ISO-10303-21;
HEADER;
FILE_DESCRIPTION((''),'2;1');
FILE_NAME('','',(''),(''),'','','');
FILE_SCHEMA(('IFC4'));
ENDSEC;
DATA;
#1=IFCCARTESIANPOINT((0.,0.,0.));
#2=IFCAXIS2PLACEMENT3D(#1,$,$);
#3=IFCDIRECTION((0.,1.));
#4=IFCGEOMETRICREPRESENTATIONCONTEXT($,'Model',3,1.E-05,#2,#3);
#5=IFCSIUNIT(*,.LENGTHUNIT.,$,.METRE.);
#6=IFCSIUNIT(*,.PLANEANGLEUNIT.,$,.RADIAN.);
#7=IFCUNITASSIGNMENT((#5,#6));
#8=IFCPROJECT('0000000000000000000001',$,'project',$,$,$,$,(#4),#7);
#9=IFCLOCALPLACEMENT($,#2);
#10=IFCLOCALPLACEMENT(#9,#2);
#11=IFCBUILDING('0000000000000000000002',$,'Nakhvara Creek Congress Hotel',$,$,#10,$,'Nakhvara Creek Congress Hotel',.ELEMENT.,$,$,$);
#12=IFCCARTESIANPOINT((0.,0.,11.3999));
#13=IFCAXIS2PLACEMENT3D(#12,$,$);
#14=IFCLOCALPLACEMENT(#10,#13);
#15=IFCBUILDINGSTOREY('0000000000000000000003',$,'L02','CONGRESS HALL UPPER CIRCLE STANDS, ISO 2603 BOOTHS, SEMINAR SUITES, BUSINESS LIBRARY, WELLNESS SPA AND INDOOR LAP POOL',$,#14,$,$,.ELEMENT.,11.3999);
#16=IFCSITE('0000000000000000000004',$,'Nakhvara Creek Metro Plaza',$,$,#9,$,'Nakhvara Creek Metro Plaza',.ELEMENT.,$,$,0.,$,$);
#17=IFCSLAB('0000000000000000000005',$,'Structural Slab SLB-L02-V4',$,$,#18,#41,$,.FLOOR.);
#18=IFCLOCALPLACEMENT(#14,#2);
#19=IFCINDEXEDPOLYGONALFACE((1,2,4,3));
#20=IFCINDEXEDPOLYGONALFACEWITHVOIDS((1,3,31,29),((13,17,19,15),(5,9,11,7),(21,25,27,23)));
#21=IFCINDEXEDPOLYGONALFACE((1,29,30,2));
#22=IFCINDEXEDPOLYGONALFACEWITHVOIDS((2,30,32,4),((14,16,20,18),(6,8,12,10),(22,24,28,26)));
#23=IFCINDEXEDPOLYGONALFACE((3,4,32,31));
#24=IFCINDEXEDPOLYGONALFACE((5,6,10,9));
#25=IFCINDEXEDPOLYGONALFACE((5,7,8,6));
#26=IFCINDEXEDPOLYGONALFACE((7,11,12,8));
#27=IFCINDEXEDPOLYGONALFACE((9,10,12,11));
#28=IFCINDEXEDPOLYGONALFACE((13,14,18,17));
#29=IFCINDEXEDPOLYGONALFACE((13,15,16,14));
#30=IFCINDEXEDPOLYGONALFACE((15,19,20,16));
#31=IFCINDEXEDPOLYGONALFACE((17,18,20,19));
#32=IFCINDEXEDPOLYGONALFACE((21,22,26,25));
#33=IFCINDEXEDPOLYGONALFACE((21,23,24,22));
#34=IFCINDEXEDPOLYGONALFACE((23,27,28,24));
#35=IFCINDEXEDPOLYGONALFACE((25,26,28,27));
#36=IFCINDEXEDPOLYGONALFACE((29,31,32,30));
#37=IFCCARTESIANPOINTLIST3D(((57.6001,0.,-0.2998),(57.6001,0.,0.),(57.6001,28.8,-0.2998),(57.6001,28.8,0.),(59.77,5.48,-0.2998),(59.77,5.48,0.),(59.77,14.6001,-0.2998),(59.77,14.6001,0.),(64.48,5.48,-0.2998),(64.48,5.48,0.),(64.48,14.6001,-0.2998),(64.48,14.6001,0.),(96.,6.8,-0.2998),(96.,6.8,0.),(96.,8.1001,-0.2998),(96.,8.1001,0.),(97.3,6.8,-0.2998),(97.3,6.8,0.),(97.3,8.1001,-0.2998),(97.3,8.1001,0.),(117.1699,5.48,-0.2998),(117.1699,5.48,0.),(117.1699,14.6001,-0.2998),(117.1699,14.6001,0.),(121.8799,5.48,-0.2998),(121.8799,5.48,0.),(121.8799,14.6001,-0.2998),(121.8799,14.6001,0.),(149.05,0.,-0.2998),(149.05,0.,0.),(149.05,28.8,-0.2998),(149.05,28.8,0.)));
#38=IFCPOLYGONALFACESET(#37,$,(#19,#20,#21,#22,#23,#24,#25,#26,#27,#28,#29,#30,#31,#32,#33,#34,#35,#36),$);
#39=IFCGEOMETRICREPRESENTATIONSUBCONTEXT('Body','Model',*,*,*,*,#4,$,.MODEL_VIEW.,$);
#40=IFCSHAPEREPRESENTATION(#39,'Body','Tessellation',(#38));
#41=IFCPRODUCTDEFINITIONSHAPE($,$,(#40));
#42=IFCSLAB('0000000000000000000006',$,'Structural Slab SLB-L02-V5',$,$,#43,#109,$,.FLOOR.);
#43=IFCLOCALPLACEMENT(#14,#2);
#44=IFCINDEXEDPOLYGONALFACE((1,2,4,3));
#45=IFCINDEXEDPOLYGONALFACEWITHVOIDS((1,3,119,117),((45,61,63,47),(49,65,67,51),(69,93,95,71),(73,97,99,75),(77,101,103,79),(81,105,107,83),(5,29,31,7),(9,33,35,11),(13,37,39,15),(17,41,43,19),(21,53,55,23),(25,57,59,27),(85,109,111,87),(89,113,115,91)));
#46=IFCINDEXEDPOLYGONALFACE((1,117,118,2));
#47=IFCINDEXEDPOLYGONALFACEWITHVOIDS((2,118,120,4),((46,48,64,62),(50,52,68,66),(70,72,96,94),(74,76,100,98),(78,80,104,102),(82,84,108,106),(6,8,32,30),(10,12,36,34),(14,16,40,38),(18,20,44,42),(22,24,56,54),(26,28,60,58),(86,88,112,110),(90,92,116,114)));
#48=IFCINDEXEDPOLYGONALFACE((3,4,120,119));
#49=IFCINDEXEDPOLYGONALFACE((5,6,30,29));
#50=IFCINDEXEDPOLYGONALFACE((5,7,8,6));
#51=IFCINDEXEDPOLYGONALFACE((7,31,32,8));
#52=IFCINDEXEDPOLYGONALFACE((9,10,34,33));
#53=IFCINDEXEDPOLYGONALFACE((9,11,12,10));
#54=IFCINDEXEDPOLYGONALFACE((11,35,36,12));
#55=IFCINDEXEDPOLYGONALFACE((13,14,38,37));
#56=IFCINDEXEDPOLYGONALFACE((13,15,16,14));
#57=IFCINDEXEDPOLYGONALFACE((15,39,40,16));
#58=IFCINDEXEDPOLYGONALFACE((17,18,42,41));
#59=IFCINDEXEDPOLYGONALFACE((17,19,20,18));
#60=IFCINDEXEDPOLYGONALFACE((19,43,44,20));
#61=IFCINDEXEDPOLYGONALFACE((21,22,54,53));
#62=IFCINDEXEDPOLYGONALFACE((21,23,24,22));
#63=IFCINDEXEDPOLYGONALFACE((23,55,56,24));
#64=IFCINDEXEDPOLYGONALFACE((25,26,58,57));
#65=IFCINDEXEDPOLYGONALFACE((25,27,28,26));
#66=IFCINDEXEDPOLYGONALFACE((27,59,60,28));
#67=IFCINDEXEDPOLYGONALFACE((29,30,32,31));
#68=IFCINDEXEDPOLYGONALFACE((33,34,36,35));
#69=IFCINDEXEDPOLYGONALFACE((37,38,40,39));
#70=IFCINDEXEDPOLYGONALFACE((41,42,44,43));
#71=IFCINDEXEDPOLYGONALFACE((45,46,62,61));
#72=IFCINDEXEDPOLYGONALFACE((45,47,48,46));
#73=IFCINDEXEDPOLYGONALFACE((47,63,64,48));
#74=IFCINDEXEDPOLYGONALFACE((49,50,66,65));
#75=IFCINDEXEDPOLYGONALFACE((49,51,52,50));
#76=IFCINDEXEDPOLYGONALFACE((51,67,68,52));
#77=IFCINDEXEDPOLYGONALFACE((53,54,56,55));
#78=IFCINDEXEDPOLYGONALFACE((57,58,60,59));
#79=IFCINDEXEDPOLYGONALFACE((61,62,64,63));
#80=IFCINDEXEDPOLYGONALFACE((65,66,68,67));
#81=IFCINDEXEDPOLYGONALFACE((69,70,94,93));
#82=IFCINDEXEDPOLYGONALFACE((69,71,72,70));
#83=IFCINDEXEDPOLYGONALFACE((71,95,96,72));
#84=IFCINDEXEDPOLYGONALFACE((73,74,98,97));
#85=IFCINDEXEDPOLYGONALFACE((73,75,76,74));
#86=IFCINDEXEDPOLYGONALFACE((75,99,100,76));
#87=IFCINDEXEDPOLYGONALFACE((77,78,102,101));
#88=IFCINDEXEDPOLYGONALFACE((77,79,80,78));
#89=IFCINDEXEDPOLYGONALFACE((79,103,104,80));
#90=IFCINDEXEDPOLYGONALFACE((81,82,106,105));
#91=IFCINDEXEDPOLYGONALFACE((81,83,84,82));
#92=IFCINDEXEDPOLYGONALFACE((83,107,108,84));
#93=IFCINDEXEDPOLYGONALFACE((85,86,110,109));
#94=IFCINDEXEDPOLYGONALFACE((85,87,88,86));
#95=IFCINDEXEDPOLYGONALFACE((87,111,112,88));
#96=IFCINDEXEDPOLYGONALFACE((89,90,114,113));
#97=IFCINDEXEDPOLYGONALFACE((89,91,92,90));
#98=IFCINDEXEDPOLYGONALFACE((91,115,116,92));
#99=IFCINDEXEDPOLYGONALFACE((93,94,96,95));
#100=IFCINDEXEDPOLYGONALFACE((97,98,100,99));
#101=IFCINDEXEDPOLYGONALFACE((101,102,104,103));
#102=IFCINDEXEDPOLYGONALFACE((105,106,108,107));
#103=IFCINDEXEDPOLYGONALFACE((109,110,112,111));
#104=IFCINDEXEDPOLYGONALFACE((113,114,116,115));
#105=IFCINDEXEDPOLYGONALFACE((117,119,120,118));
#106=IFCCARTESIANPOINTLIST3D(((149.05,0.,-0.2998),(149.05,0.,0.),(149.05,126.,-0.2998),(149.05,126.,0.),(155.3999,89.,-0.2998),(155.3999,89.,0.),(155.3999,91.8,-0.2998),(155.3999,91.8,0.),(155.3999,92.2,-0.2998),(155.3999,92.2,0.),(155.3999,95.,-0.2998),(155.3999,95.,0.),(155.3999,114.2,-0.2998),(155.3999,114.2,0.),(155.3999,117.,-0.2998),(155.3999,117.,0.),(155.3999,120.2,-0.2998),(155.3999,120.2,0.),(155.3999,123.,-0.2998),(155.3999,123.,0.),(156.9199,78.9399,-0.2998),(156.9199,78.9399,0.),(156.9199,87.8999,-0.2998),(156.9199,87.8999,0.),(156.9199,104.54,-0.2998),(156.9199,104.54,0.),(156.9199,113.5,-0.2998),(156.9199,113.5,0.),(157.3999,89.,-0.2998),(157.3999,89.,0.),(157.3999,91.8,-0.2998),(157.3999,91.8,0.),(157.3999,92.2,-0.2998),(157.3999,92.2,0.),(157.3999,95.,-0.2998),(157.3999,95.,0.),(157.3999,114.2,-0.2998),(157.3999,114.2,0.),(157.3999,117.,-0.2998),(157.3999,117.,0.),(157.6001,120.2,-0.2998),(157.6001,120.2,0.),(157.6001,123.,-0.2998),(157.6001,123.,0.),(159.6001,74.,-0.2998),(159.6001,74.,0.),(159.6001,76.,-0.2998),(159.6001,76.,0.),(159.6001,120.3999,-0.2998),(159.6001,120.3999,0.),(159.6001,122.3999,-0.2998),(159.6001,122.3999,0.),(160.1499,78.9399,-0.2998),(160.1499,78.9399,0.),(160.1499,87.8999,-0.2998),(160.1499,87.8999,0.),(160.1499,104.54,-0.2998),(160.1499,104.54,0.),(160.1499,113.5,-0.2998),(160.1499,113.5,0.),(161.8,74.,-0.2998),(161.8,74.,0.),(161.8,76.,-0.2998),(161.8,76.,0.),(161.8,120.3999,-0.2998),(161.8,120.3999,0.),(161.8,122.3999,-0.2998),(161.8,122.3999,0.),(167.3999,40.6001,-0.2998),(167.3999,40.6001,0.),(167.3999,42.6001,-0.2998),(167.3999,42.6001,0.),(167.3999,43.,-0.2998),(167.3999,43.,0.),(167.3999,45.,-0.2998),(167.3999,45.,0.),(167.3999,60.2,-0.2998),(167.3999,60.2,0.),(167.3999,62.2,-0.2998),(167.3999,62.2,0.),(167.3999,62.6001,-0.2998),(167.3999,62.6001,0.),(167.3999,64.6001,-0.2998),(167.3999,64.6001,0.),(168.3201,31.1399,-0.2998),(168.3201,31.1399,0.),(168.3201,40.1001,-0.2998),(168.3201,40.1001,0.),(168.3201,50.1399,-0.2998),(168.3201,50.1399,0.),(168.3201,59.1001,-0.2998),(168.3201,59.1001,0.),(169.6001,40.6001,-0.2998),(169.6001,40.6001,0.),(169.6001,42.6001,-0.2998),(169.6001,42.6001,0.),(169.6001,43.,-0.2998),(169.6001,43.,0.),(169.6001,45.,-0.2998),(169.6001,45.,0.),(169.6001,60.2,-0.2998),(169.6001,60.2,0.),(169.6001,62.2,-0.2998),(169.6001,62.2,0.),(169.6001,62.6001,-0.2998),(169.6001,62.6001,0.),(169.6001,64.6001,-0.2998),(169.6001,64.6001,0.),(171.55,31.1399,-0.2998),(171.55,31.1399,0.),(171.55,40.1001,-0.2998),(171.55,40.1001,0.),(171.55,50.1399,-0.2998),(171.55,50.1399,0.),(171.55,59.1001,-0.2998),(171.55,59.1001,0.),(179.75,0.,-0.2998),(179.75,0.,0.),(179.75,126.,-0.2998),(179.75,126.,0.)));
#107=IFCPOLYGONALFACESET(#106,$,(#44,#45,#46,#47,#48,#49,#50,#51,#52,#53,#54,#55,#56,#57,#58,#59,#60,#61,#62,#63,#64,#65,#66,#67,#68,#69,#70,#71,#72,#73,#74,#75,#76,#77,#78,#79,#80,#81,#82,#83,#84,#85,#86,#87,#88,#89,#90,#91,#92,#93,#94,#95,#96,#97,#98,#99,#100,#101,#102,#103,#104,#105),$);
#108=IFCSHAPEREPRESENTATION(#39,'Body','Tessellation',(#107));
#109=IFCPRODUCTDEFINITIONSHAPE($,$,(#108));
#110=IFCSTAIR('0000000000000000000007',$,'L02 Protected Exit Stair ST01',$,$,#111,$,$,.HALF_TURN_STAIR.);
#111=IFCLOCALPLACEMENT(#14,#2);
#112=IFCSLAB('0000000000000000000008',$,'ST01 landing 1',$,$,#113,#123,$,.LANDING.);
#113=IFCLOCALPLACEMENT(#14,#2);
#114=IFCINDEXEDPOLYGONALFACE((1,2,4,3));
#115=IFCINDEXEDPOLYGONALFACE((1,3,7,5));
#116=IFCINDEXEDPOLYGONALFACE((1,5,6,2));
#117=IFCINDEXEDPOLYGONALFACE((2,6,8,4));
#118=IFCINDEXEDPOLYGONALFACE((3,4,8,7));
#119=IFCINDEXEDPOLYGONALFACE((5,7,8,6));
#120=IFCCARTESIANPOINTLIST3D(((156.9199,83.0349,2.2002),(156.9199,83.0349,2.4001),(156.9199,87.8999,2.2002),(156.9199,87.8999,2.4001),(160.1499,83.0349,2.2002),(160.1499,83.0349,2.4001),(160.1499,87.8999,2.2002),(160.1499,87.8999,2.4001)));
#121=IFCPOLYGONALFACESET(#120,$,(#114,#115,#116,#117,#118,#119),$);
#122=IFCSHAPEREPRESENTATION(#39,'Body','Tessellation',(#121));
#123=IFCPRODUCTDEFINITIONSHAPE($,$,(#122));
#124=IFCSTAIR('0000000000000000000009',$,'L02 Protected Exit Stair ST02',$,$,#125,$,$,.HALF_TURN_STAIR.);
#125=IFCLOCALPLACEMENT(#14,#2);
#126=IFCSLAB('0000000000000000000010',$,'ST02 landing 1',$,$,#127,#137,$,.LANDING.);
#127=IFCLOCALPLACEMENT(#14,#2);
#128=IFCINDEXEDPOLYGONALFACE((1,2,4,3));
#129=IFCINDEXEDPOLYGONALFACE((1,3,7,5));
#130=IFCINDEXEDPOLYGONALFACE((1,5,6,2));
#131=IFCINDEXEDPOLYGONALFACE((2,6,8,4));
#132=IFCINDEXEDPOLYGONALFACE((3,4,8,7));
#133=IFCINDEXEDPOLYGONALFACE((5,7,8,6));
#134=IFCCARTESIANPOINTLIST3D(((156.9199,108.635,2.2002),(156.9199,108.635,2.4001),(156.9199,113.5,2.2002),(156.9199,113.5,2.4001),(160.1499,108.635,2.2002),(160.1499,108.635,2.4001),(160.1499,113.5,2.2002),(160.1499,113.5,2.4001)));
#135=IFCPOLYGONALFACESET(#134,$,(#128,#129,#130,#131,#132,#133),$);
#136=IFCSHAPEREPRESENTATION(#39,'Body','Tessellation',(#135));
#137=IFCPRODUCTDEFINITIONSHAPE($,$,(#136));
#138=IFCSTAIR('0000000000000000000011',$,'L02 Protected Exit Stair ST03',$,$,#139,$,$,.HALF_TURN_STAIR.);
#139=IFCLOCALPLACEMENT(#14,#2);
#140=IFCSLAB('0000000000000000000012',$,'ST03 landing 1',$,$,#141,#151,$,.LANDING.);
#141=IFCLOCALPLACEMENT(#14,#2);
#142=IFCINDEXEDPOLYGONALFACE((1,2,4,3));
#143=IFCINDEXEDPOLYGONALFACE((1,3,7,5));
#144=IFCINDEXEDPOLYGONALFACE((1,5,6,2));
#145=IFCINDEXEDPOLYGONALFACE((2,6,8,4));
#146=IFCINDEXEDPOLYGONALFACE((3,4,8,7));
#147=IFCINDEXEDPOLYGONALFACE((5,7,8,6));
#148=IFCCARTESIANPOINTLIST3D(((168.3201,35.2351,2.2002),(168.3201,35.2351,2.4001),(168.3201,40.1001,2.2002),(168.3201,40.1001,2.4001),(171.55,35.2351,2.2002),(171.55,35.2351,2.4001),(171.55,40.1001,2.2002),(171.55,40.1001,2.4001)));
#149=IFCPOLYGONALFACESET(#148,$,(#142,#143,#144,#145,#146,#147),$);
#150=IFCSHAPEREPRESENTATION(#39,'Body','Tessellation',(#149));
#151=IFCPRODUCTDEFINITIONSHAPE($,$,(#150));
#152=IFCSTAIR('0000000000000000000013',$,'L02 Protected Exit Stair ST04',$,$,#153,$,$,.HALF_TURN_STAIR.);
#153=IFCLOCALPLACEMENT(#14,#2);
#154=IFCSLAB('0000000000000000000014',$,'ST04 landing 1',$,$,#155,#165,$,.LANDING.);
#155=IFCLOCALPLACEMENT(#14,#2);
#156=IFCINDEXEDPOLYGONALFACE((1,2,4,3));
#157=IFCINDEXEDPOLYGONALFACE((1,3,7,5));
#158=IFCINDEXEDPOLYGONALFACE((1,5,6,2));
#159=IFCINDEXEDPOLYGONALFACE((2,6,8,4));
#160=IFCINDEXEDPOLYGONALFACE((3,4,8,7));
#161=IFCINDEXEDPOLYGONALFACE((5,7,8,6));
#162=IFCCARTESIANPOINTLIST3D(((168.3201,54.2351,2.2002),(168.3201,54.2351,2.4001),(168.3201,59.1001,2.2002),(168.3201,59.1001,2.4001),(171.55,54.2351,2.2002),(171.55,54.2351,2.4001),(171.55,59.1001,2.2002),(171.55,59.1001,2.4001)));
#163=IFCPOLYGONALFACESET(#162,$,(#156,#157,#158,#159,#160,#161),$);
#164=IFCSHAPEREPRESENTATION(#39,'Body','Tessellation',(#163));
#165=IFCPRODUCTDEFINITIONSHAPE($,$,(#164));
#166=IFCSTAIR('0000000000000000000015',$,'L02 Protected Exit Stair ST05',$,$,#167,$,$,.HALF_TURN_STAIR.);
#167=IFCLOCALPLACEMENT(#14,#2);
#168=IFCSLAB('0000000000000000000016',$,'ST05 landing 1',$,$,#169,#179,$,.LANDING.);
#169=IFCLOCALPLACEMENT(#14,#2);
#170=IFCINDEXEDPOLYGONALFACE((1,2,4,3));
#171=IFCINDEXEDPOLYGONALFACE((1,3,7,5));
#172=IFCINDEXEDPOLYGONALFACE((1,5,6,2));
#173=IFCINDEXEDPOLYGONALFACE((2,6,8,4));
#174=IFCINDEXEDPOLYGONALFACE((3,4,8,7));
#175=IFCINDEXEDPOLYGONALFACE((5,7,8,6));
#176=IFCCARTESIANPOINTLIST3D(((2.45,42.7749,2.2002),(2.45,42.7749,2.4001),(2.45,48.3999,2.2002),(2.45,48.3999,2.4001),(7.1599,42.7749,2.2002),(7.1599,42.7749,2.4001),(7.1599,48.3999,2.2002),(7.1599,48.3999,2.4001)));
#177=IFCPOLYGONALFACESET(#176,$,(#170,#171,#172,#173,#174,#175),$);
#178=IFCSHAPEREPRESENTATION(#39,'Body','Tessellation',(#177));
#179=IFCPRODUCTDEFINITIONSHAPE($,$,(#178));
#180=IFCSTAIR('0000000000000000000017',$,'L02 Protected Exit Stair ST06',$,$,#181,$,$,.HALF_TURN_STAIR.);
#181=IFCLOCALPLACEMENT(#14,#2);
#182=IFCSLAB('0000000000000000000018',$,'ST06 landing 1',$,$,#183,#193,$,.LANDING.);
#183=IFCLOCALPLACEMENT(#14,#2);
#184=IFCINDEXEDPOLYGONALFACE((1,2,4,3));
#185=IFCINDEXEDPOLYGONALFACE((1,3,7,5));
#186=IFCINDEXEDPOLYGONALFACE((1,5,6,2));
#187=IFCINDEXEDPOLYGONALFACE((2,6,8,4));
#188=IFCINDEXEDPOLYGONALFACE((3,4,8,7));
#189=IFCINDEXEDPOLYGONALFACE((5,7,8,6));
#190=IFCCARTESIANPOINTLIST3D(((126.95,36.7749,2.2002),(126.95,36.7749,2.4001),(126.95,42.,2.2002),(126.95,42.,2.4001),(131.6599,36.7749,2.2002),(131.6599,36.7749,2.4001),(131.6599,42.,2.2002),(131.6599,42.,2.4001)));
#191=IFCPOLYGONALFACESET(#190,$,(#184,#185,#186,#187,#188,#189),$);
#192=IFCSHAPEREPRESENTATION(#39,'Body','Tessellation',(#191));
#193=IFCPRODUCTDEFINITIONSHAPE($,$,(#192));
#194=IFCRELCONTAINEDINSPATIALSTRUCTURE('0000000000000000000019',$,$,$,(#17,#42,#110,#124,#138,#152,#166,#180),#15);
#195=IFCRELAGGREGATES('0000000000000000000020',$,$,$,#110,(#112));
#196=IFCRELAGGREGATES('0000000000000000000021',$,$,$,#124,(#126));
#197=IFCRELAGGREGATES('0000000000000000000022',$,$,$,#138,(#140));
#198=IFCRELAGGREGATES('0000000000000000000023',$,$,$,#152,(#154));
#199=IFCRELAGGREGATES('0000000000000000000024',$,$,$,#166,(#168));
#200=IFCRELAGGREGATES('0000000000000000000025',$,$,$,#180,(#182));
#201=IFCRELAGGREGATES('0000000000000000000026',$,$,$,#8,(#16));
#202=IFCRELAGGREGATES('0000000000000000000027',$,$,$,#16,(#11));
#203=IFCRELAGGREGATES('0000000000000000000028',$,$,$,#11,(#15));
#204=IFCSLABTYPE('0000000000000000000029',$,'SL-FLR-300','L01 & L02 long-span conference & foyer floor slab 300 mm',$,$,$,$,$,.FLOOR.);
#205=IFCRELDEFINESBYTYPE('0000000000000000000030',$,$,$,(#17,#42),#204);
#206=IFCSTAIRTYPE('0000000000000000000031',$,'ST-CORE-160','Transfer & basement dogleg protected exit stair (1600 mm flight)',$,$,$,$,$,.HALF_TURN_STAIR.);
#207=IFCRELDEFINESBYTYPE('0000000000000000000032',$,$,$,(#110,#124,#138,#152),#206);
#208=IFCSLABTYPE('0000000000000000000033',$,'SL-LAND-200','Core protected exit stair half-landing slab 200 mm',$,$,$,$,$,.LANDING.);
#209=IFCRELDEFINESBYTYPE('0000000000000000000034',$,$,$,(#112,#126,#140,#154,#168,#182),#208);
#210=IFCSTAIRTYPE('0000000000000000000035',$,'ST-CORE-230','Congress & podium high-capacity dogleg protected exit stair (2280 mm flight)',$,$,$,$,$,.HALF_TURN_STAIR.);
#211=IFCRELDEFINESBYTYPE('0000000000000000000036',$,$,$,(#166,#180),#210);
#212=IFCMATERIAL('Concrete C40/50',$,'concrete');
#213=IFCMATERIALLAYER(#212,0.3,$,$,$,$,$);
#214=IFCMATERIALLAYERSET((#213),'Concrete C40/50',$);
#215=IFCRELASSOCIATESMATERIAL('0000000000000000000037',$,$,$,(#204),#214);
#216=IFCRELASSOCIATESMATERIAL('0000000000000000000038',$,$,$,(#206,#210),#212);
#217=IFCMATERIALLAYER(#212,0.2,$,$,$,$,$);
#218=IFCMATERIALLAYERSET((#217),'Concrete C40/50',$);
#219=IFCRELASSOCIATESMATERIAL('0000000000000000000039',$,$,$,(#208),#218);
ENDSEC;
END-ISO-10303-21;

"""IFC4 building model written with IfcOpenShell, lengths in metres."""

from ifc_helpers import new_model, si_unit, direction, frame, origin, place, context, subcontext, project, spatial, polyline, outline, extrude, material, layer, layer_set, type_object, element, aggregate, save


model = new_model("IFC4")

# Units and contexts
model_context = context("Model", 3, precision=1e-05, world=origin(), true_north=direction((0.0, 1.0)))
body_context = subcontext(model_context, "Body", "Model", "MODEL_VIEW")
ifc_project = project(units=[si_unit("LENGTHUNIT", "METRE"), si_unit("PLANEANGLEUNIT", "RADIAN")], contexts=[model_context])

# Site, building, storey
site_placement = place(None, origin())
site = spatial("IfcSite", under=ifc_project, at=site_placement, Name="Nakhvara Creek Metro Plaza", LongName="Nakhvara Creek Metro Plaza", CompositionType="ELEMENT", RefElevation=0.0)
building_placement = place(site_placement, origin())
building = spatial("IfcBuilding", under=site, at=building_placement, Name="Nakhvara Creek Congress Hotel", LongName="Nakhvara Creek Congress Hotel", CompositionType="ELEMENT")
storey_placement = place(building_placement, frame((0.0, 0.0, 11.3999)))
storey = spatial("IfcBuildingStorey", under=building, at=storey_placement, Name="L02", Description="CONGRESS HALL UPPER CIRCLE STANDS, ISO 2603 BOOTHS, SEMINAR SUITES, BUSINESS LIBRARY, WELLNESS SPA AND INDOOR LAP POOL", CompositionType="ELEMENT", Elevation=11.3999)

# Slabs
ifc_material_1 = material(Name="Concrete C40/50", Category="concrete")
ifc_layer_1 = layer(ifc_material_1, 0.3)
ifc_layer_set_1 = layer_set([ifc_layer_1], Name="Concrete C40/50")
slab_type_1 = type_object("IfcSlabType", Name="SL-FLR-300", Description="L01 & L02 long-span conference & foyer floor slab 300 mm", PredefinedType="FLOOR", material=ifc_layer_set_1)
slab_1_placement = place(storey_placement, frame((0.0, 0.0, -0.2998)))
element("IfcSlab", 1, at=slab_1_placement, inside=storey, type_object=slab_type_1, Name="Structural Slab SLB-L02-V4", PredefinedType="FLOOR", context=body_context, shape_type="SweptSolid", body=[
    extrude(outline(polyline([(57.6001, 28.8), (149.05, 28.8), (149.05, 0.0), (57.6001, 0.0), (57.6001, 28.8)]), holes=[polyline([(96.0, 8.1001), (96.0, 6.8), (97.3, 6.8), (97.3, 8.1001), (96.0, 8.1001)]), polyline([(59.77, 14.6001), (59.77, 5.48), (64.48, 5.48), (64.48, 14.6001), (59.77, 14.6001)]), polyline([(117.1699, 14.6001), (117.1699, 5.48), (121.8799, 5.48), (121.8799, 14.6001), (117.1699, 14.6001)])]), origin(), (0.0, 0.0, 1.0), 0.2998),
])
slab_2_placement = place(storey_placement, frame((0.0, 0.0, -0.2998)))
element("IfcSlab", 2, at=slab_2_placement, inside=storey, type_object=slab_type_1, Name="Structural Slab SLB-L02-V5", PredefinedType="FLOOR", context=body_context, shape_type="SweptSolid", body=[
    extrude(outline(polyline([(149.05, 126.0), (179.75, 126.0), (179.75, 0.0), (149.05, 0.0), (149.05, 126.0)]), holes=[polyline([(161.8, 74.0), (161.8, 76.0), (159.6001, 76.0), (159.6001, 74.0), (161.8, 74.0)]), polyline([(160.1499, 78.9399), (160.1499, 87.8999), (156.9199, 87.8999), (156.9199, 78.9399), (160.1499, 78.9399)]), polyline([(155.3999, 89.0), (157.3999, 89.0), (157.3999, 91.8), (155.3999, 91.8), (155.3999, 89.0)]), polyline([(155.3999, 92.2), (157.3999, 92.2), (157.3999, 95.0), (155.3999, 95.0), (155.3999, 92.2)]), polyline([(160.1499, 104.54), (160.1499, 113.5), (156.9199, 113.5), (156.9199, 104.54), (160.1499, 104.54)]), polyline([(155.3999, 114.2), (157.3999, 114.2), (157.3999, 117.0), (155.3999, 117.0), (155.3999, 114.2)]), polyline([(155.3999, 120.2), (157.6001, 120.2), (157.6001, 123.0), (155.3999, 123.0), (155.3999, 120.2)]), polyline([(171.55, 40.1001), (168.3201, 40.1001), (168.3201, 31.1399), (171.55, 31.1399), (171.55, 40.1001)]), polyline([(167.3999, 40.6001), (169.6001, 40.6001), (169.6001, 42.6001), (167.3999, 42.6001), (167.3999, 40.6001)]), polyline([(167.3999, 43.0), (169.6001, 43.0), (169.6001, 45.0), (167.3999, 45.0), (167.3999, 43.0)]), polyline([(171.55, 50.1399), (171.55, 59.1001), (168.3201, 59.1001), (168.3201, 50.1399), (171.55, 50.1399)]), polyline([(167.3999, 60.2), (169.6001, 60.2), (169.6001, 62.2), (167.3999, 62.2), (167.3999, 60.2)]), polyline([(167.3999, 62.6001), (169.6001, 62.6001), (169.6001, 64.6001), (167.3999, 64.6001), (167.3999, 62.6001)]), polyline([(159.6001, 120.3999), (161.8, 120.3999), (161.8, 122.3999), (159.6001, 122.3999), (159.6001, 120.3999)])]), origin(), (0.0, 0.0, 1.0), 0.2998),
])

# Stairs, slabs
stair_type_1 = type_object("IfcStairType", Name="ST-CORE-160", Description="Transfer & basement dogleg protected exit stair (1600 mm flight)", PredefinedType="HALF_TURN_STAIR", material=ifc_material_1)
stair_1_placement = place(storey_placement, origin())
stair_1 = element("IfcStair", 3, at=stair_1_placement, inside=storey, type_object=stair_type_1, Name="L02 Protected Exit Stair ST01", PredefinedType="HALF_TURN_STAIR")
ifc_layer_2 = layer(ifc_material_1, 0.2)
ifc_layer_set_2 = layer_set([ifc_layer_2], Name="Concrete C40/50")
slab_type_2 = type_object("IfcSlabType", Name="SL-LAND-200", Description="Core protected exit stair half-landing slab 200 mm", PredefinedType="LANDING", material=ifc_layer_set_2)
slab_3_placement = place(storey_placement, frame((0.0, 0.0, 2.2002)))
slab_3 = element("IfcSlab", 4, at=slab_3_placement, type_object=slab_type_2, Name="ST01 landing 1", PredefinedType="LANDING", context=body_context, shape_type="SweptSolid", body=[
    extrude(outline(polyline([(160.1499, 83.0349), (160.1499, 87.8999), (156.9199, 87.8999), (156.9199, 83.0349), (160.1499, 83.0349)])), origin(), (0.0, 0.0, 1.0), 0.2),
])
aggregate(stair_1, [slab_3])
stair_2_placement = place(storey_placement, origin())
stair_2 = element("IfcStair", 5, at=stair_2_placement, inside=storey, type_object=stair_type_1, Name="L02 Protected Exit Stair ST02", PredefinedType="HALF_TURN_STAIR")
slab_4_placement = place(storey_placement, frame((0.0, 0.0, 2.2002)))
slab_4 = element("IfcSlab", 6, at=slab_4_placement, type_object=slab_type_2, Name="ST02 landing 1", PredefinedType="LANDING", context=body_context, shape_type="SweptSolid", body=[
    extrude(outline(polyline([(160.1499, 108.635), (160.1499, 113.5), (156.9199, 113.5), (156.9199, 108.635), (160.1499, 108.635)])), origin(), (0.0, 0.0, 1.0), 0.2),
])
aggregate(stair_2, [slab_4])
stair_3_placement = place(storey_placement, origin())
stair_3 = element("IfcStair", 7, at=stair_3_placement, inside=storey, type_object=stair_type_1, Name="L02 Protected Exit Stair ST03", PredefinedType="HALF_TURN_STAIR")
slab_5_placement = place(storey_placement, frame((0.0, 0.0, 2.2002)))
slab_5 = element("IfcSlab", 8, at=slab_5_placement, type_object=slab_type_2, Name="ST03 landing 1", PredefinedType="LANDING", context=body_context, shape_type="SweptSolid", body=[
    extrude(outline(polyline([(171.55, 35.2351), (171.55, 40.1001), (168.3201, 40.1001), (168.3201, 35.2351), (171.55, 35.2351)])), origin(), (0.0, 0.0, 1.0), 0.2),
])
aggregate(stair_3, [slab_5])
stair_4_placement = place(storey_placement, origin())
stair_4 = element("IfcStair", 9, at=stair_4_placement, inside=storey, type_object=stair_type_1, Name="L02 Protected Exit Stair ST04", PredefinedType="HALF_TURN_STAIR")
slab_6_placement = place(storey_placement, frame((0.0, 0.0, 2.2002)))
slab_6 = element("IfcSlab", 10, at=slab_6_placement, type_object=slab_type_2, Name="ST04 landing 1", PredefinedType="LANDING", context=body_context, shape_type="SweptSolid", body=[
    extrude(outline(polyline([(171.55, 54.2351), (171.55, 59.1001), (168.3201, 59.1001), (168.3201, 54.2351), (171.55, 54.2351)])), origin(), (0.0, 0.0, 1.0), 0.2),
])
aggregate(stair_4, [slab_6])
stair_type_2 = type_object("IfcStairType", Name="ST-CORE-230", Description="Congress & podium high-capacity dogleg protected exit stair (2280 mm flight)", PredefinedType="HALF_TURN_STAIR", material=ifc_material_1)
stair_5_placement = place(storey_placement, origin())
stair_5 = element("IfcStair", 11, at=stair_5_placement, inside=storey, type_object=stair_type_2, Name="L02 Protected Exit Stair ST05", PredefinedType="HALF_TURN_STAIR")
slab_7_placement = place(storey_placement, frame((0.0, 0.0, 2.2002)))
slab_7 = element("IfcSlab", 12, at=slab_7_placement, type_object=slab_type_2, Name="ST05 landing 1", PredefinedType="LANDING", context=body_context, shape_type="SweptSolid", body=[
    extrude(outline(polyline([(7.1599, 42.7749), (7.1599, 48.3999), (2.45, 48.3999), (2.45, 42.7749), (7.1599, 42.7749)])), origin(), (0.0, 0.0, 1.0), 0.2),
])
aggregate(stair_5, [slab_7])
stair_6_placement = place(storey_placement, origin())
stair_6 = element("IfcStair", 13, at=stair_6_placement, inside=storey, type_object=stair_type_2, Name="L02 Protected Exit Stair ST06", PredefinedType="HALF_TURN_STAIR")
slab_8_placement = place(storey_placement, frame((0.0, 0.0, 2.2002)))
slab_8 = element("IfcSlab", 14, at=slab_8_placement, type_object=slab_type_2, Name="ST06 landing 1", PredefinedType="LANDING", context=body_context, shape_type="SweptSolid", body=[
    extrude(outline(polyline([(131.6599, 36.7749), (131.6599, 42.0), (126.95, 42.0), (126.95, 36.7749), (131.6599, 36.7749)])), origin(), (0.0, 0.0, 1.0), 0.2),
])
aggregate(stair_6, [slab_8])

save(model, "model.ifc")
